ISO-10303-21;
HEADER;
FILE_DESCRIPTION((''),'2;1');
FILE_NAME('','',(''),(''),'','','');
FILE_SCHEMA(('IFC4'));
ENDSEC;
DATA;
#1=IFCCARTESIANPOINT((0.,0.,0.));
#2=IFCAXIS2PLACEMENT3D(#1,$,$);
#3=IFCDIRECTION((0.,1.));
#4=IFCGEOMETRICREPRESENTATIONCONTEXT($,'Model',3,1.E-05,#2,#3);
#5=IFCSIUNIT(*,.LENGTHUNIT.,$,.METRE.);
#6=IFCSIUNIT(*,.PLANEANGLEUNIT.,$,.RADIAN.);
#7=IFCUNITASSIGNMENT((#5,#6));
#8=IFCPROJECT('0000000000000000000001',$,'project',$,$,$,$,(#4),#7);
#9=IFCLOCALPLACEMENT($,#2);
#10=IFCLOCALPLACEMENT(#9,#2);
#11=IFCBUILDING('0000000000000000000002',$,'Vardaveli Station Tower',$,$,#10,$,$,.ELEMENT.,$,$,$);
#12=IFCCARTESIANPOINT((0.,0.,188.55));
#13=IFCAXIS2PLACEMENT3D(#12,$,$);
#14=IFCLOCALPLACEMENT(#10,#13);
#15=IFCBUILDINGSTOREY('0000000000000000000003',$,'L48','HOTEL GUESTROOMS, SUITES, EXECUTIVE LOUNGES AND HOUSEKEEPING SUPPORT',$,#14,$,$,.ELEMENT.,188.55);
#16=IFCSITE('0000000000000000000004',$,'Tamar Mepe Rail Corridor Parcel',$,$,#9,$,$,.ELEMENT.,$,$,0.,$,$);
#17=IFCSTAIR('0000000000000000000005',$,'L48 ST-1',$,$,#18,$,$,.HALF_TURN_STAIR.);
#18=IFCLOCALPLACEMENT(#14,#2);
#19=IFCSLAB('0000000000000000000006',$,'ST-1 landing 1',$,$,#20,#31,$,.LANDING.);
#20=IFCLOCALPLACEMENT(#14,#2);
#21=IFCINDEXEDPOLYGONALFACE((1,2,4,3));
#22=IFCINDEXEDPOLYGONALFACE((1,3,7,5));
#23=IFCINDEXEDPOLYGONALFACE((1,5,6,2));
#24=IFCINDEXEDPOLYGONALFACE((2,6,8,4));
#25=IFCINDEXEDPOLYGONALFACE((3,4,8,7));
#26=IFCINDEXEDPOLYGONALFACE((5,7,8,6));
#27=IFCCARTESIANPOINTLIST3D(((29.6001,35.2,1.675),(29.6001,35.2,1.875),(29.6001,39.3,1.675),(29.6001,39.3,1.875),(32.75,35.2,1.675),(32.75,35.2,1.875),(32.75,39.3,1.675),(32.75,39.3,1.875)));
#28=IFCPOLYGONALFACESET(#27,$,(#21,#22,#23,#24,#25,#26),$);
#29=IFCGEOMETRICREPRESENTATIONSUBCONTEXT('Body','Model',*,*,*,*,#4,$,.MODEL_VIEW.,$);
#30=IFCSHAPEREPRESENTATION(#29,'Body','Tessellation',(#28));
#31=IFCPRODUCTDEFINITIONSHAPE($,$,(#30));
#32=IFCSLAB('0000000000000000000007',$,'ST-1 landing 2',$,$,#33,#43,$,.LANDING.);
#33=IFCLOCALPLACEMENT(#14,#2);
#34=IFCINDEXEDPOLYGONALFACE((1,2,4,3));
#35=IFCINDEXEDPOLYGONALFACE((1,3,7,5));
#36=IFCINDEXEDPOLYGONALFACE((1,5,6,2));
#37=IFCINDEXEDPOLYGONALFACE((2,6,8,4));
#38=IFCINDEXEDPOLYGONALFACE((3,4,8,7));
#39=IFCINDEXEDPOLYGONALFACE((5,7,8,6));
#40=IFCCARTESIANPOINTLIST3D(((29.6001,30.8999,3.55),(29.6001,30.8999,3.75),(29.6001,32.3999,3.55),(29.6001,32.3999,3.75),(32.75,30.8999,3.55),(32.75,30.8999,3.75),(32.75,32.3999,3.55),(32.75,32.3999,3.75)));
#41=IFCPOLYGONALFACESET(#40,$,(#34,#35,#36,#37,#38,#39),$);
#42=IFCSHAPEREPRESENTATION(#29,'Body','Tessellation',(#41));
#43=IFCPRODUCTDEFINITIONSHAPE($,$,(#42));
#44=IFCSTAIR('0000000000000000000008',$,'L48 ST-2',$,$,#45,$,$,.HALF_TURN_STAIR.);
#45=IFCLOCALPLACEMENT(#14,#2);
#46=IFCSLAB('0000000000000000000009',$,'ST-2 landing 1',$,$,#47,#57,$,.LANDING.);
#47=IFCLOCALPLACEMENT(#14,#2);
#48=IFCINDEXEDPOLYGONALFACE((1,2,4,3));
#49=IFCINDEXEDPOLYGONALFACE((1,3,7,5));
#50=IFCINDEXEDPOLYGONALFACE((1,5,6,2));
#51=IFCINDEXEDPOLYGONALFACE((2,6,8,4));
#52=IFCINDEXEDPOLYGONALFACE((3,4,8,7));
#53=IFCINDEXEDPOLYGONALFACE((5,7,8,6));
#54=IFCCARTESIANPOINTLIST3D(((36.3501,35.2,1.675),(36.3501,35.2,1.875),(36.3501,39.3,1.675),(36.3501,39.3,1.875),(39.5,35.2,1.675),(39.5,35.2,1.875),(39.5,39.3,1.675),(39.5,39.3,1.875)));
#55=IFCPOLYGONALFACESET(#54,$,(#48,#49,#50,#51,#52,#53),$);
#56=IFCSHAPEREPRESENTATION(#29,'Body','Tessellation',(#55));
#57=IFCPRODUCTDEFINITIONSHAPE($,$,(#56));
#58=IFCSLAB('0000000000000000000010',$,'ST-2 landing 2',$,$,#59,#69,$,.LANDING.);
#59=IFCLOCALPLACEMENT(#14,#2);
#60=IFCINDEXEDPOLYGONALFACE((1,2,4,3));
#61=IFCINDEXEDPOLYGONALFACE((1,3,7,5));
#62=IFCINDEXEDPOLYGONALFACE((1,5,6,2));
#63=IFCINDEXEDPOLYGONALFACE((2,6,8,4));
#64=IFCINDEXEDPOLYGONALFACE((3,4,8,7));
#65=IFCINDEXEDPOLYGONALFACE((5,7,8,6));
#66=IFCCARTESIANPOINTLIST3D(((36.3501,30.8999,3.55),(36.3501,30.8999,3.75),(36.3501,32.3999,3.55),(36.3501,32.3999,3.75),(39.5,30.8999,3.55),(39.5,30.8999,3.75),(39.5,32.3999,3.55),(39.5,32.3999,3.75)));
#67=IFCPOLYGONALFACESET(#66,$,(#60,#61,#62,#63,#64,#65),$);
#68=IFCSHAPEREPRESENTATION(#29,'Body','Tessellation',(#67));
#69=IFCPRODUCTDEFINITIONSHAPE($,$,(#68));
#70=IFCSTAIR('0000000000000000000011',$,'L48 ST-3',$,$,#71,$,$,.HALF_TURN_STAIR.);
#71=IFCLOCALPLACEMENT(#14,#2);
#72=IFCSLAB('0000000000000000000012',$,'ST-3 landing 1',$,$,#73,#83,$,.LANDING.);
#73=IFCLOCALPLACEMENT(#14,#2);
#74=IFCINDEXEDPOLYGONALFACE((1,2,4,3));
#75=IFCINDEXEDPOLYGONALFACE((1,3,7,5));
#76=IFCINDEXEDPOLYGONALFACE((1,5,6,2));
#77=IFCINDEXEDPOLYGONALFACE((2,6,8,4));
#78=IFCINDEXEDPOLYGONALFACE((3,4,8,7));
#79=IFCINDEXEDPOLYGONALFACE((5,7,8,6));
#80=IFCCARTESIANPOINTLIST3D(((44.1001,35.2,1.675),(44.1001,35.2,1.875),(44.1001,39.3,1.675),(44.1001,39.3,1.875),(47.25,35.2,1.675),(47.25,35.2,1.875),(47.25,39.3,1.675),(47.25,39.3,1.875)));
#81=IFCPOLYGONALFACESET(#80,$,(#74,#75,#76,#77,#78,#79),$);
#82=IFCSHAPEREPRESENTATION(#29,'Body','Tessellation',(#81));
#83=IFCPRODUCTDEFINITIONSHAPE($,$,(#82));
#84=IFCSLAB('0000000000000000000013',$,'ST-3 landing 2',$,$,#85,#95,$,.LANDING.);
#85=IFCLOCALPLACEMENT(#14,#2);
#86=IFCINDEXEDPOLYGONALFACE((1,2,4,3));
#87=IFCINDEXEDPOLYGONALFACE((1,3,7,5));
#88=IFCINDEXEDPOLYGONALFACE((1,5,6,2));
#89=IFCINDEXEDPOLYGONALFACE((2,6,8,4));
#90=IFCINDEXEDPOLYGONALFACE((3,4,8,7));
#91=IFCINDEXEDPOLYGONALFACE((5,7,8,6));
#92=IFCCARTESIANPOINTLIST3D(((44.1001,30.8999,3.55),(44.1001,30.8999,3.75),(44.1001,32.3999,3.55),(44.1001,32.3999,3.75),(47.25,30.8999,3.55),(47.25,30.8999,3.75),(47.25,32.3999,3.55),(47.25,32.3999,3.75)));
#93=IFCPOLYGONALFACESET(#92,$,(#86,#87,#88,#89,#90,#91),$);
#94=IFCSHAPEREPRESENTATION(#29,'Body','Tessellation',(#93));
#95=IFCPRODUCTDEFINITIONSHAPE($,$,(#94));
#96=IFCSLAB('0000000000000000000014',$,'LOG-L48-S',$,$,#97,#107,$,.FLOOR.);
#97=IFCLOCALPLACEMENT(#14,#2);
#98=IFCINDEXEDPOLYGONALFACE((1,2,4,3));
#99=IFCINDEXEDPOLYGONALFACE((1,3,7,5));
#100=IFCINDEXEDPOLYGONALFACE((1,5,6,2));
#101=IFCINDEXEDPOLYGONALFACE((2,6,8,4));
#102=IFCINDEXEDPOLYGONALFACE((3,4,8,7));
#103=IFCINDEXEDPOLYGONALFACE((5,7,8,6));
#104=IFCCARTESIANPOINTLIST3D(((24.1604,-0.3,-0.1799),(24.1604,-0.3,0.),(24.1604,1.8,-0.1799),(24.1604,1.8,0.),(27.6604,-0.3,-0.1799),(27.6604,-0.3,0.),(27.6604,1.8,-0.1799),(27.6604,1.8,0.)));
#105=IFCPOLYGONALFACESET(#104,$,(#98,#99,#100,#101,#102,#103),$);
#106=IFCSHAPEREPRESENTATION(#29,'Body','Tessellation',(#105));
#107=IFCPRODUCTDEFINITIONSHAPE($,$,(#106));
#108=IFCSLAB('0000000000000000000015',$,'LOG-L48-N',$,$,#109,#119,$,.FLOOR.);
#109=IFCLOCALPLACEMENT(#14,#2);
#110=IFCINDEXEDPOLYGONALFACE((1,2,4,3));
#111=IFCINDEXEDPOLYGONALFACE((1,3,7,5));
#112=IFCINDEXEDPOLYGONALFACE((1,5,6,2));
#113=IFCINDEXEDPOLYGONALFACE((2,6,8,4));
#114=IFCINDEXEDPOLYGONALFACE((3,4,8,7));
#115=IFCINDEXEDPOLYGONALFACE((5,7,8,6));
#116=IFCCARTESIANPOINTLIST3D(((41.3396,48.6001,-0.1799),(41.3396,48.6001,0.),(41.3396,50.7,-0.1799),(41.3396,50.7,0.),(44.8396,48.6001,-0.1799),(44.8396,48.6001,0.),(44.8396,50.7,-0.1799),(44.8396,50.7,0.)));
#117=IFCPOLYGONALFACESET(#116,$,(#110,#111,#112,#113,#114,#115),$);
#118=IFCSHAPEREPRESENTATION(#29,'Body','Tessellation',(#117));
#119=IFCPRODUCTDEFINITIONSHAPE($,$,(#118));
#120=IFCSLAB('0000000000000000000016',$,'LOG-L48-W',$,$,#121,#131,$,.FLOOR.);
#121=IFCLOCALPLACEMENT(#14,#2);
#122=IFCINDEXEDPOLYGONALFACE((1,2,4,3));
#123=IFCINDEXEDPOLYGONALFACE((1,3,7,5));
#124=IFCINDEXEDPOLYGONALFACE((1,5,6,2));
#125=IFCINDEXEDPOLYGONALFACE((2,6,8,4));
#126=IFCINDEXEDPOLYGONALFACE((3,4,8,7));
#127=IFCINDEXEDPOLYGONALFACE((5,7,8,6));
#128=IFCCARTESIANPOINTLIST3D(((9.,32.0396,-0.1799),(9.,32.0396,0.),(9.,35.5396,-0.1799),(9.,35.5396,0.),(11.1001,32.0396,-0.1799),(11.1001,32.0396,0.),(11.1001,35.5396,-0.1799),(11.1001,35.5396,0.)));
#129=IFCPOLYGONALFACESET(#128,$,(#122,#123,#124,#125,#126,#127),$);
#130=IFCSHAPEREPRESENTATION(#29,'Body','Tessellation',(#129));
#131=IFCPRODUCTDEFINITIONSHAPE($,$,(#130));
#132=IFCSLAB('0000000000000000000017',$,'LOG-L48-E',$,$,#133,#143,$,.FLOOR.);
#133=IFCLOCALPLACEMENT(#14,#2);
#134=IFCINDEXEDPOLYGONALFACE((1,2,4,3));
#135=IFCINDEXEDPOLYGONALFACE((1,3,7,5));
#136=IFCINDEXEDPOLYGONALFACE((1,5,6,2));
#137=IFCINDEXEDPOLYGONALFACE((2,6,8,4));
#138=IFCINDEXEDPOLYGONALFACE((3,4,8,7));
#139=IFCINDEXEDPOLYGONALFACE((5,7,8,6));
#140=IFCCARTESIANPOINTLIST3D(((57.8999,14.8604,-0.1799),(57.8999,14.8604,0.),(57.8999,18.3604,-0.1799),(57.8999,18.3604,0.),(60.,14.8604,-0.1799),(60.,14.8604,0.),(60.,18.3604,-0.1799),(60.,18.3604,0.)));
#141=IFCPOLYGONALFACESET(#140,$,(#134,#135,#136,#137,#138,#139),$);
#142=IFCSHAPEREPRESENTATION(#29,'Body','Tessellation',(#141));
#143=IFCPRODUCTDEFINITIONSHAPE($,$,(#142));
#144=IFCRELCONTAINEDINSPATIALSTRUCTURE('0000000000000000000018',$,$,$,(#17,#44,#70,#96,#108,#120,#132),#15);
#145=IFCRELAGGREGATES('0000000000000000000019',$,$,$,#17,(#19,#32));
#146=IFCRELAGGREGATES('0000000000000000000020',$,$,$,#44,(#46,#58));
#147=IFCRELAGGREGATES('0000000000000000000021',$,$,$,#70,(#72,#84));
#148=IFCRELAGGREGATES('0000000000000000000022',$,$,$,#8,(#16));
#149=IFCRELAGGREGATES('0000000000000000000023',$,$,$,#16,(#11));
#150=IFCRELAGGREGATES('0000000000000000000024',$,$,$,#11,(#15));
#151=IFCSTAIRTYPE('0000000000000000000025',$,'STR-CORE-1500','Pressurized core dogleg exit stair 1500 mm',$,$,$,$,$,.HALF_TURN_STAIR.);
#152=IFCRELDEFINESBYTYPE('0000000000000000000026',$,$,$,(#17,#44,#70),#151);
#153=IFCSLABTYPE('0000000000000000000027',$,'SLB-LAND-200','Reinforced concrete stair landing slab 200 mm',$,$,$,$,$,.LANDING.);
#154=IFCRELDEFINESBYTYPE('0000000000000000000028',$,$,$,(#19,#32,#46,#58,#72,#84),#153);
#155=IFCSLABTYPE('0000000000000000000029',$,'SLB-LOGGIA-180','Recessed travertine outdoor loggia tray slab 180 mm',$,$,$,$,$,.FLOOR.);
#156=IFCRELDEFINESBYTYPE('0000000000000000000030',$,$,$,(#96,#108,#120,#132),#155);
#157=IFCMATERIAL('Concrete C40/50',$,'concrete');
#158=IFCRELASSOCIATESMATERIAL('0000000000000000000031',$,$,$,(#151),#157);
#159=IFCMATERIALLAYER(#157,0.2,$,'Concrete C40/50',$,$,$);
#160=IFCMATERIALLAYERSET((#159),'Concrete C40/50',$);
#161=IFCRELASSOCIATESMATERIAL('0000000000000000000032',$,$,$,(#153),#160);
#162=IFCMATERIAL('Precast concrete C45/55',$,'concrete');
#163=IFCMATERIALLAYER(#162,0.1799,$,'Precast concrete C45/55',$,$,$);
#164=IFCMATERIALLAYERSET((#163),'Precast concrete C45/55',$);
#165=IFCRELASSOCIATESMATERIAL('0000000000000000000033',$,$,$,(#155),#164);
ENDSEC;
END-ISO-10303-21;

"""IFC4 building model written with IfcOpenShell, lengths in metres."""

from ifc_helpers import new_model, si_unit, direction, frame, origin, place, context, subcontext, project, spatial, polyline, outline, extrude, material, layer, layer_set, type_object, element, aggregate, save


model = new_model("IFC4")

# Units and contexts
model_context = context("Model", 3, precision=1e-05, world=origin(), true_north=direction((0.0, 1.0)))
body_context = subcontext(model_context, "Body", "Model", "MODEL_VIEW")
ifc_project = project(units=[si_unit("LENGTHUNIT", "METRE"), si_unit("PLANEANGLEUNIT", "RADIAN")], contexts=[model_context])

# Site, building, storey
site_placement = place(None, origin())
site = spatial("IfcSite", under=ifc_project, at=site_placement, Name="Tamar Mepe Rail Corridor Parcel", CompositionType="ELEMENT", RefElevation=0.0)
building_placement = place(site_placement, origin())
building = spatial("IfcBuilding", under=site, at=building_placement, Name="Vardaveli Station Tower", CompositionType="ELEMENT")
storey_placement = place(building_placement, frame((0.0, 0.0, 188.55)))
storey = spatial("IfcBuildingStorey", under=building, at=storey_placement, Name="L48", Description="HOTEL GUESTROOMS, SUITES, EXECUTIVE LOUNGES AND HOUSEKEEPING SUPPORT", CompositionType="ELEMENT", Elevation=188.55)

# Stairs, slabs
ifc_material_1 = material(Name="Concrete C40/50", Category="concrete")
stair_type = type_object("IfcStairType", Name="STR-CORE-1500", Description="Pressurized core dogleg exit stair 1500 mm", PredefinedType="HALF_TURN_STAIR", material=ifc_material_1)
stair_1_placement = place(storey_placement, origin())
stair_1 = element("IfcStair", 1, at=stair_1_placement, inside=storey, type_object=stair_type, Name="L48 ST-1", PredefinedType="HALF_TURN_STAIR")
ifc_layer_1 = layer(ifc_material_1, 0.2, Name="Concrete C40/50")
ifc_layer_set_1 = layer_set([ifc_layer_1], Name="Concrete C40/50")
slab_type_1 = type_object("IfcSlabType", Name="SLB-LAND-200", Description="Reinforced concrete stair landing slab 200 mm", PredefinedType="LANDING", material=ifc_layer_set_1)
slab_1_placement = place(storey_placement, frame((0.0, 0.0, 1.675)))
slab_1 = element("IfcSlab", 2, at=slab_1_placement, type_object=slab_type_1, Name="ST-1 landing 1", PredefinedType="LANDING", context=body_context, shape_type="SweptSolid", body=[
    extrude(outline(polyline([(32.75, 35.2), (32.75, 39.3), (29.6001, 39.3), (29.6001, 35.2), (32.75, 35.2)])), origin(), (0.0, 0.0, 1.0), 0.2),
])
slab_2_placement = place(storey_placement, frame((0.0, 0.0, 3.55)))
slab_2 = element("IfcSlab", 3, at=slab_2_placement, type_object=slab_type_1, Name="ST-1 landing 2", PredefinedType="LANDING", context=body_context, shape_type="SweptSolid", body=[
    extrude(outline(polyline([(32.75, 30.8999), (32.75, 32.3999), (29.6001, 32.3999), (29.6001, 30.8999), (32.75, 30.8999)])), origin(), (0.0, 0.0, 1.0), 0.2),
])
aggregate(stair_1, [slab_1, slab_2])
stair_2_placement = place(storey_placement, origin())
stair_2 = element("IfcStair", 4, at=stair_2_placement, inside=storey, type_object=stair_type, Name="L48 ST-2", PredefinedType="HALF_TURN_STAIR")
slab_3_placement = place(storey_placement, frame((0.0, 0.0, 1.675)))
slab_3 = element("IfcSlab", 5, at=slab_3_placement, type_object=slab_type_1, Name="ST-2 landing 1", PredefinedType="LANDING", context=body_context, shape_type="SweptSolid", body=[
    extrude(outline(polyline([(39.5, 35.2), (39.5, 39.3), (36.3501, 39.3), (36.3501, 35.2), (39.5, 35.2)])), origin(), (0.0, 0.0, 1.0), 0.2),
])
slab_4_placement = place(storey_placement, frame((0.0, 0.0, 3.55)))
slab_4 = element("IfcSlab", 6, at=slab_4_placement, type_object=slab_type_1, Name="ST-2 landing 2", PredefinedType="LANDING", context=body_context, shape_type="SweptSolid", body=[
    extrude(outline(polyline([(39.5, 30.8999), (39.5, 32.3999), (36.3501, 32.3999), (36.3501, 30.8999), (39.5, 30.8999)])), origin(), (0.0, 0.0, 1.0), 0.2),
])
aggregate(stair_2, [slab_3, slab_4])
stair_3_placement = place(storey_placement, origin())
stair_3 = element("IfcStair", 7, at=stair_3_placement, inside=storey, type_object=stair_type, Name="L48 ST-3", PredefinedType="HALF_TURN_STAIR")
slab_5_placement = place(storey_placement, frame((0.0, 0.0, 1.675)))
slab_5 = element("IfcSlab", 8, at=slab_5_placement, type_object=slab_type_1, Name="ST-3 landing 1", PredefinedType="LANDING", context=body_context, shape_type="SweptSolid", body=[
    extrude(outline(polyline([(47.25, 35.2), (47.25, 39.3), (44.1001, 39.3), (44.1001, 35.2), (47.25, 35.2)])), origin(), (0.0, 0.0, 1.0), 0.2),
])
slab_6_placement = place(storey_placement, frame((0.0, 0.0, 3.55)))
slab_6 = element("IfcSlab", 9, at=slab_6_placement, type_object=slab_type_1, Name="ST-3 landing 2", PredefinedType="LANDING", context=body_context, shape_type="SweptSolid", body=[
    extrude(outline(polyline([(47.25, 30.8999), (47.25, 32.3999), (44.1001, 32.3999), (44.1001, 30.8999), (47.25, 30.8999)])), origin(), (0.0, 0.0, 1.0), 0.2),
])
aggregate(stair_3, [slab_5, slab_6])

# Slabs
ifc_material_2 = material(Name="Precast concrete C45/55", Category="concrete")
ifc_layer_2 = layer(ifc_material_2, 0.1799, Name="Precast concrete C45/55")
ifc_layer_set_2 = layer_set([ifc_layer_2], Name="Precast concrete C45/55")
slab_type_2 = type_object("IfcSlabType", Name="SLB-LOGGIA-180", Description="Recessed travertine outdoor loggia tray slab 180 mm", PredefinedType="FLOOR", material=ifc_layer_set_2)
slab_7_placement = place(storey_placement, frame((0.0, 0.0, -0.1799)))
element("IfcSlab", 10, at=slab_7_placement, inside=storey, type_object=slab_type_2, Name="LOG-L48-S", PredefinedType="FLOOR", context=body_context, shape_type="SweptSolid", body=[
    extrude(outline(polyline([(24.1604, -0.3), (27.6604, -0.3), (27.6604, 1.8), (24.1604, 1.8), (24.1604, -0.3)])), origin(), (0.0, 0.0, 1.0), 0.1799),
])
slab_8_placement = place(storey_placement, frame((0.0, 0.0, -0.1799)))
element("IfcSlab", 11, at=slab_8_placement, inside=storey, type_object=slab_type_2, Name="LOG-L48-N", PredefinedType="FLOOR", context=body_context, shape_type="SweptSolid", body=[
    extrude(outline(polyline([(41.3396, 48.6001), (44.8396, 48.6001), (44.8396, 50.7), (41.3396, 50.7), (41.3396, 48.6001)])), origin(), (0.0, 0.0, 1.0), 0.1799),
])
slab_9_placement = place(storey_placement, frame((0.0, 0.0, -0.1799)))
element("IfcSlab", 12, at=slab_9_placement, inside=storey, type_object=slab_type_2, Name="LOG-L48-W", PredefinedType="FLOOR", context=body_context, shape_type="SweptSolid", body=[
    extrude(outline(polyline([(9.0, 32.0396), (11.1001, 32.0396), (11.1001, 35.5396), (9.0, 35.5396), (9.0, 32.0396)])), origin(), (0.0, 0.0, 1.0), 0.1799),
])
slab_10_placement = place(storey_placement, frame((0.0, 0.0, -0.1799)))
element("IfcSlab", 13, at=slab_10_placement, inside=storey, type_object=slab_type_2, Name="LOG-L48-E", PredefinedType="FLOOR", context=body_context, shape_type="SweptSolid", body=[
    extrude(outline(polyline([(57.8999, 14.8604), (60.0, 14.8604), (60.0, 18.3604), (57.8999, 18.3604), (57.8999, 14.8604)])), origin(), (0.0, 0.0, 1.0), 0.1799),
])

save(model, "model.ifc")
